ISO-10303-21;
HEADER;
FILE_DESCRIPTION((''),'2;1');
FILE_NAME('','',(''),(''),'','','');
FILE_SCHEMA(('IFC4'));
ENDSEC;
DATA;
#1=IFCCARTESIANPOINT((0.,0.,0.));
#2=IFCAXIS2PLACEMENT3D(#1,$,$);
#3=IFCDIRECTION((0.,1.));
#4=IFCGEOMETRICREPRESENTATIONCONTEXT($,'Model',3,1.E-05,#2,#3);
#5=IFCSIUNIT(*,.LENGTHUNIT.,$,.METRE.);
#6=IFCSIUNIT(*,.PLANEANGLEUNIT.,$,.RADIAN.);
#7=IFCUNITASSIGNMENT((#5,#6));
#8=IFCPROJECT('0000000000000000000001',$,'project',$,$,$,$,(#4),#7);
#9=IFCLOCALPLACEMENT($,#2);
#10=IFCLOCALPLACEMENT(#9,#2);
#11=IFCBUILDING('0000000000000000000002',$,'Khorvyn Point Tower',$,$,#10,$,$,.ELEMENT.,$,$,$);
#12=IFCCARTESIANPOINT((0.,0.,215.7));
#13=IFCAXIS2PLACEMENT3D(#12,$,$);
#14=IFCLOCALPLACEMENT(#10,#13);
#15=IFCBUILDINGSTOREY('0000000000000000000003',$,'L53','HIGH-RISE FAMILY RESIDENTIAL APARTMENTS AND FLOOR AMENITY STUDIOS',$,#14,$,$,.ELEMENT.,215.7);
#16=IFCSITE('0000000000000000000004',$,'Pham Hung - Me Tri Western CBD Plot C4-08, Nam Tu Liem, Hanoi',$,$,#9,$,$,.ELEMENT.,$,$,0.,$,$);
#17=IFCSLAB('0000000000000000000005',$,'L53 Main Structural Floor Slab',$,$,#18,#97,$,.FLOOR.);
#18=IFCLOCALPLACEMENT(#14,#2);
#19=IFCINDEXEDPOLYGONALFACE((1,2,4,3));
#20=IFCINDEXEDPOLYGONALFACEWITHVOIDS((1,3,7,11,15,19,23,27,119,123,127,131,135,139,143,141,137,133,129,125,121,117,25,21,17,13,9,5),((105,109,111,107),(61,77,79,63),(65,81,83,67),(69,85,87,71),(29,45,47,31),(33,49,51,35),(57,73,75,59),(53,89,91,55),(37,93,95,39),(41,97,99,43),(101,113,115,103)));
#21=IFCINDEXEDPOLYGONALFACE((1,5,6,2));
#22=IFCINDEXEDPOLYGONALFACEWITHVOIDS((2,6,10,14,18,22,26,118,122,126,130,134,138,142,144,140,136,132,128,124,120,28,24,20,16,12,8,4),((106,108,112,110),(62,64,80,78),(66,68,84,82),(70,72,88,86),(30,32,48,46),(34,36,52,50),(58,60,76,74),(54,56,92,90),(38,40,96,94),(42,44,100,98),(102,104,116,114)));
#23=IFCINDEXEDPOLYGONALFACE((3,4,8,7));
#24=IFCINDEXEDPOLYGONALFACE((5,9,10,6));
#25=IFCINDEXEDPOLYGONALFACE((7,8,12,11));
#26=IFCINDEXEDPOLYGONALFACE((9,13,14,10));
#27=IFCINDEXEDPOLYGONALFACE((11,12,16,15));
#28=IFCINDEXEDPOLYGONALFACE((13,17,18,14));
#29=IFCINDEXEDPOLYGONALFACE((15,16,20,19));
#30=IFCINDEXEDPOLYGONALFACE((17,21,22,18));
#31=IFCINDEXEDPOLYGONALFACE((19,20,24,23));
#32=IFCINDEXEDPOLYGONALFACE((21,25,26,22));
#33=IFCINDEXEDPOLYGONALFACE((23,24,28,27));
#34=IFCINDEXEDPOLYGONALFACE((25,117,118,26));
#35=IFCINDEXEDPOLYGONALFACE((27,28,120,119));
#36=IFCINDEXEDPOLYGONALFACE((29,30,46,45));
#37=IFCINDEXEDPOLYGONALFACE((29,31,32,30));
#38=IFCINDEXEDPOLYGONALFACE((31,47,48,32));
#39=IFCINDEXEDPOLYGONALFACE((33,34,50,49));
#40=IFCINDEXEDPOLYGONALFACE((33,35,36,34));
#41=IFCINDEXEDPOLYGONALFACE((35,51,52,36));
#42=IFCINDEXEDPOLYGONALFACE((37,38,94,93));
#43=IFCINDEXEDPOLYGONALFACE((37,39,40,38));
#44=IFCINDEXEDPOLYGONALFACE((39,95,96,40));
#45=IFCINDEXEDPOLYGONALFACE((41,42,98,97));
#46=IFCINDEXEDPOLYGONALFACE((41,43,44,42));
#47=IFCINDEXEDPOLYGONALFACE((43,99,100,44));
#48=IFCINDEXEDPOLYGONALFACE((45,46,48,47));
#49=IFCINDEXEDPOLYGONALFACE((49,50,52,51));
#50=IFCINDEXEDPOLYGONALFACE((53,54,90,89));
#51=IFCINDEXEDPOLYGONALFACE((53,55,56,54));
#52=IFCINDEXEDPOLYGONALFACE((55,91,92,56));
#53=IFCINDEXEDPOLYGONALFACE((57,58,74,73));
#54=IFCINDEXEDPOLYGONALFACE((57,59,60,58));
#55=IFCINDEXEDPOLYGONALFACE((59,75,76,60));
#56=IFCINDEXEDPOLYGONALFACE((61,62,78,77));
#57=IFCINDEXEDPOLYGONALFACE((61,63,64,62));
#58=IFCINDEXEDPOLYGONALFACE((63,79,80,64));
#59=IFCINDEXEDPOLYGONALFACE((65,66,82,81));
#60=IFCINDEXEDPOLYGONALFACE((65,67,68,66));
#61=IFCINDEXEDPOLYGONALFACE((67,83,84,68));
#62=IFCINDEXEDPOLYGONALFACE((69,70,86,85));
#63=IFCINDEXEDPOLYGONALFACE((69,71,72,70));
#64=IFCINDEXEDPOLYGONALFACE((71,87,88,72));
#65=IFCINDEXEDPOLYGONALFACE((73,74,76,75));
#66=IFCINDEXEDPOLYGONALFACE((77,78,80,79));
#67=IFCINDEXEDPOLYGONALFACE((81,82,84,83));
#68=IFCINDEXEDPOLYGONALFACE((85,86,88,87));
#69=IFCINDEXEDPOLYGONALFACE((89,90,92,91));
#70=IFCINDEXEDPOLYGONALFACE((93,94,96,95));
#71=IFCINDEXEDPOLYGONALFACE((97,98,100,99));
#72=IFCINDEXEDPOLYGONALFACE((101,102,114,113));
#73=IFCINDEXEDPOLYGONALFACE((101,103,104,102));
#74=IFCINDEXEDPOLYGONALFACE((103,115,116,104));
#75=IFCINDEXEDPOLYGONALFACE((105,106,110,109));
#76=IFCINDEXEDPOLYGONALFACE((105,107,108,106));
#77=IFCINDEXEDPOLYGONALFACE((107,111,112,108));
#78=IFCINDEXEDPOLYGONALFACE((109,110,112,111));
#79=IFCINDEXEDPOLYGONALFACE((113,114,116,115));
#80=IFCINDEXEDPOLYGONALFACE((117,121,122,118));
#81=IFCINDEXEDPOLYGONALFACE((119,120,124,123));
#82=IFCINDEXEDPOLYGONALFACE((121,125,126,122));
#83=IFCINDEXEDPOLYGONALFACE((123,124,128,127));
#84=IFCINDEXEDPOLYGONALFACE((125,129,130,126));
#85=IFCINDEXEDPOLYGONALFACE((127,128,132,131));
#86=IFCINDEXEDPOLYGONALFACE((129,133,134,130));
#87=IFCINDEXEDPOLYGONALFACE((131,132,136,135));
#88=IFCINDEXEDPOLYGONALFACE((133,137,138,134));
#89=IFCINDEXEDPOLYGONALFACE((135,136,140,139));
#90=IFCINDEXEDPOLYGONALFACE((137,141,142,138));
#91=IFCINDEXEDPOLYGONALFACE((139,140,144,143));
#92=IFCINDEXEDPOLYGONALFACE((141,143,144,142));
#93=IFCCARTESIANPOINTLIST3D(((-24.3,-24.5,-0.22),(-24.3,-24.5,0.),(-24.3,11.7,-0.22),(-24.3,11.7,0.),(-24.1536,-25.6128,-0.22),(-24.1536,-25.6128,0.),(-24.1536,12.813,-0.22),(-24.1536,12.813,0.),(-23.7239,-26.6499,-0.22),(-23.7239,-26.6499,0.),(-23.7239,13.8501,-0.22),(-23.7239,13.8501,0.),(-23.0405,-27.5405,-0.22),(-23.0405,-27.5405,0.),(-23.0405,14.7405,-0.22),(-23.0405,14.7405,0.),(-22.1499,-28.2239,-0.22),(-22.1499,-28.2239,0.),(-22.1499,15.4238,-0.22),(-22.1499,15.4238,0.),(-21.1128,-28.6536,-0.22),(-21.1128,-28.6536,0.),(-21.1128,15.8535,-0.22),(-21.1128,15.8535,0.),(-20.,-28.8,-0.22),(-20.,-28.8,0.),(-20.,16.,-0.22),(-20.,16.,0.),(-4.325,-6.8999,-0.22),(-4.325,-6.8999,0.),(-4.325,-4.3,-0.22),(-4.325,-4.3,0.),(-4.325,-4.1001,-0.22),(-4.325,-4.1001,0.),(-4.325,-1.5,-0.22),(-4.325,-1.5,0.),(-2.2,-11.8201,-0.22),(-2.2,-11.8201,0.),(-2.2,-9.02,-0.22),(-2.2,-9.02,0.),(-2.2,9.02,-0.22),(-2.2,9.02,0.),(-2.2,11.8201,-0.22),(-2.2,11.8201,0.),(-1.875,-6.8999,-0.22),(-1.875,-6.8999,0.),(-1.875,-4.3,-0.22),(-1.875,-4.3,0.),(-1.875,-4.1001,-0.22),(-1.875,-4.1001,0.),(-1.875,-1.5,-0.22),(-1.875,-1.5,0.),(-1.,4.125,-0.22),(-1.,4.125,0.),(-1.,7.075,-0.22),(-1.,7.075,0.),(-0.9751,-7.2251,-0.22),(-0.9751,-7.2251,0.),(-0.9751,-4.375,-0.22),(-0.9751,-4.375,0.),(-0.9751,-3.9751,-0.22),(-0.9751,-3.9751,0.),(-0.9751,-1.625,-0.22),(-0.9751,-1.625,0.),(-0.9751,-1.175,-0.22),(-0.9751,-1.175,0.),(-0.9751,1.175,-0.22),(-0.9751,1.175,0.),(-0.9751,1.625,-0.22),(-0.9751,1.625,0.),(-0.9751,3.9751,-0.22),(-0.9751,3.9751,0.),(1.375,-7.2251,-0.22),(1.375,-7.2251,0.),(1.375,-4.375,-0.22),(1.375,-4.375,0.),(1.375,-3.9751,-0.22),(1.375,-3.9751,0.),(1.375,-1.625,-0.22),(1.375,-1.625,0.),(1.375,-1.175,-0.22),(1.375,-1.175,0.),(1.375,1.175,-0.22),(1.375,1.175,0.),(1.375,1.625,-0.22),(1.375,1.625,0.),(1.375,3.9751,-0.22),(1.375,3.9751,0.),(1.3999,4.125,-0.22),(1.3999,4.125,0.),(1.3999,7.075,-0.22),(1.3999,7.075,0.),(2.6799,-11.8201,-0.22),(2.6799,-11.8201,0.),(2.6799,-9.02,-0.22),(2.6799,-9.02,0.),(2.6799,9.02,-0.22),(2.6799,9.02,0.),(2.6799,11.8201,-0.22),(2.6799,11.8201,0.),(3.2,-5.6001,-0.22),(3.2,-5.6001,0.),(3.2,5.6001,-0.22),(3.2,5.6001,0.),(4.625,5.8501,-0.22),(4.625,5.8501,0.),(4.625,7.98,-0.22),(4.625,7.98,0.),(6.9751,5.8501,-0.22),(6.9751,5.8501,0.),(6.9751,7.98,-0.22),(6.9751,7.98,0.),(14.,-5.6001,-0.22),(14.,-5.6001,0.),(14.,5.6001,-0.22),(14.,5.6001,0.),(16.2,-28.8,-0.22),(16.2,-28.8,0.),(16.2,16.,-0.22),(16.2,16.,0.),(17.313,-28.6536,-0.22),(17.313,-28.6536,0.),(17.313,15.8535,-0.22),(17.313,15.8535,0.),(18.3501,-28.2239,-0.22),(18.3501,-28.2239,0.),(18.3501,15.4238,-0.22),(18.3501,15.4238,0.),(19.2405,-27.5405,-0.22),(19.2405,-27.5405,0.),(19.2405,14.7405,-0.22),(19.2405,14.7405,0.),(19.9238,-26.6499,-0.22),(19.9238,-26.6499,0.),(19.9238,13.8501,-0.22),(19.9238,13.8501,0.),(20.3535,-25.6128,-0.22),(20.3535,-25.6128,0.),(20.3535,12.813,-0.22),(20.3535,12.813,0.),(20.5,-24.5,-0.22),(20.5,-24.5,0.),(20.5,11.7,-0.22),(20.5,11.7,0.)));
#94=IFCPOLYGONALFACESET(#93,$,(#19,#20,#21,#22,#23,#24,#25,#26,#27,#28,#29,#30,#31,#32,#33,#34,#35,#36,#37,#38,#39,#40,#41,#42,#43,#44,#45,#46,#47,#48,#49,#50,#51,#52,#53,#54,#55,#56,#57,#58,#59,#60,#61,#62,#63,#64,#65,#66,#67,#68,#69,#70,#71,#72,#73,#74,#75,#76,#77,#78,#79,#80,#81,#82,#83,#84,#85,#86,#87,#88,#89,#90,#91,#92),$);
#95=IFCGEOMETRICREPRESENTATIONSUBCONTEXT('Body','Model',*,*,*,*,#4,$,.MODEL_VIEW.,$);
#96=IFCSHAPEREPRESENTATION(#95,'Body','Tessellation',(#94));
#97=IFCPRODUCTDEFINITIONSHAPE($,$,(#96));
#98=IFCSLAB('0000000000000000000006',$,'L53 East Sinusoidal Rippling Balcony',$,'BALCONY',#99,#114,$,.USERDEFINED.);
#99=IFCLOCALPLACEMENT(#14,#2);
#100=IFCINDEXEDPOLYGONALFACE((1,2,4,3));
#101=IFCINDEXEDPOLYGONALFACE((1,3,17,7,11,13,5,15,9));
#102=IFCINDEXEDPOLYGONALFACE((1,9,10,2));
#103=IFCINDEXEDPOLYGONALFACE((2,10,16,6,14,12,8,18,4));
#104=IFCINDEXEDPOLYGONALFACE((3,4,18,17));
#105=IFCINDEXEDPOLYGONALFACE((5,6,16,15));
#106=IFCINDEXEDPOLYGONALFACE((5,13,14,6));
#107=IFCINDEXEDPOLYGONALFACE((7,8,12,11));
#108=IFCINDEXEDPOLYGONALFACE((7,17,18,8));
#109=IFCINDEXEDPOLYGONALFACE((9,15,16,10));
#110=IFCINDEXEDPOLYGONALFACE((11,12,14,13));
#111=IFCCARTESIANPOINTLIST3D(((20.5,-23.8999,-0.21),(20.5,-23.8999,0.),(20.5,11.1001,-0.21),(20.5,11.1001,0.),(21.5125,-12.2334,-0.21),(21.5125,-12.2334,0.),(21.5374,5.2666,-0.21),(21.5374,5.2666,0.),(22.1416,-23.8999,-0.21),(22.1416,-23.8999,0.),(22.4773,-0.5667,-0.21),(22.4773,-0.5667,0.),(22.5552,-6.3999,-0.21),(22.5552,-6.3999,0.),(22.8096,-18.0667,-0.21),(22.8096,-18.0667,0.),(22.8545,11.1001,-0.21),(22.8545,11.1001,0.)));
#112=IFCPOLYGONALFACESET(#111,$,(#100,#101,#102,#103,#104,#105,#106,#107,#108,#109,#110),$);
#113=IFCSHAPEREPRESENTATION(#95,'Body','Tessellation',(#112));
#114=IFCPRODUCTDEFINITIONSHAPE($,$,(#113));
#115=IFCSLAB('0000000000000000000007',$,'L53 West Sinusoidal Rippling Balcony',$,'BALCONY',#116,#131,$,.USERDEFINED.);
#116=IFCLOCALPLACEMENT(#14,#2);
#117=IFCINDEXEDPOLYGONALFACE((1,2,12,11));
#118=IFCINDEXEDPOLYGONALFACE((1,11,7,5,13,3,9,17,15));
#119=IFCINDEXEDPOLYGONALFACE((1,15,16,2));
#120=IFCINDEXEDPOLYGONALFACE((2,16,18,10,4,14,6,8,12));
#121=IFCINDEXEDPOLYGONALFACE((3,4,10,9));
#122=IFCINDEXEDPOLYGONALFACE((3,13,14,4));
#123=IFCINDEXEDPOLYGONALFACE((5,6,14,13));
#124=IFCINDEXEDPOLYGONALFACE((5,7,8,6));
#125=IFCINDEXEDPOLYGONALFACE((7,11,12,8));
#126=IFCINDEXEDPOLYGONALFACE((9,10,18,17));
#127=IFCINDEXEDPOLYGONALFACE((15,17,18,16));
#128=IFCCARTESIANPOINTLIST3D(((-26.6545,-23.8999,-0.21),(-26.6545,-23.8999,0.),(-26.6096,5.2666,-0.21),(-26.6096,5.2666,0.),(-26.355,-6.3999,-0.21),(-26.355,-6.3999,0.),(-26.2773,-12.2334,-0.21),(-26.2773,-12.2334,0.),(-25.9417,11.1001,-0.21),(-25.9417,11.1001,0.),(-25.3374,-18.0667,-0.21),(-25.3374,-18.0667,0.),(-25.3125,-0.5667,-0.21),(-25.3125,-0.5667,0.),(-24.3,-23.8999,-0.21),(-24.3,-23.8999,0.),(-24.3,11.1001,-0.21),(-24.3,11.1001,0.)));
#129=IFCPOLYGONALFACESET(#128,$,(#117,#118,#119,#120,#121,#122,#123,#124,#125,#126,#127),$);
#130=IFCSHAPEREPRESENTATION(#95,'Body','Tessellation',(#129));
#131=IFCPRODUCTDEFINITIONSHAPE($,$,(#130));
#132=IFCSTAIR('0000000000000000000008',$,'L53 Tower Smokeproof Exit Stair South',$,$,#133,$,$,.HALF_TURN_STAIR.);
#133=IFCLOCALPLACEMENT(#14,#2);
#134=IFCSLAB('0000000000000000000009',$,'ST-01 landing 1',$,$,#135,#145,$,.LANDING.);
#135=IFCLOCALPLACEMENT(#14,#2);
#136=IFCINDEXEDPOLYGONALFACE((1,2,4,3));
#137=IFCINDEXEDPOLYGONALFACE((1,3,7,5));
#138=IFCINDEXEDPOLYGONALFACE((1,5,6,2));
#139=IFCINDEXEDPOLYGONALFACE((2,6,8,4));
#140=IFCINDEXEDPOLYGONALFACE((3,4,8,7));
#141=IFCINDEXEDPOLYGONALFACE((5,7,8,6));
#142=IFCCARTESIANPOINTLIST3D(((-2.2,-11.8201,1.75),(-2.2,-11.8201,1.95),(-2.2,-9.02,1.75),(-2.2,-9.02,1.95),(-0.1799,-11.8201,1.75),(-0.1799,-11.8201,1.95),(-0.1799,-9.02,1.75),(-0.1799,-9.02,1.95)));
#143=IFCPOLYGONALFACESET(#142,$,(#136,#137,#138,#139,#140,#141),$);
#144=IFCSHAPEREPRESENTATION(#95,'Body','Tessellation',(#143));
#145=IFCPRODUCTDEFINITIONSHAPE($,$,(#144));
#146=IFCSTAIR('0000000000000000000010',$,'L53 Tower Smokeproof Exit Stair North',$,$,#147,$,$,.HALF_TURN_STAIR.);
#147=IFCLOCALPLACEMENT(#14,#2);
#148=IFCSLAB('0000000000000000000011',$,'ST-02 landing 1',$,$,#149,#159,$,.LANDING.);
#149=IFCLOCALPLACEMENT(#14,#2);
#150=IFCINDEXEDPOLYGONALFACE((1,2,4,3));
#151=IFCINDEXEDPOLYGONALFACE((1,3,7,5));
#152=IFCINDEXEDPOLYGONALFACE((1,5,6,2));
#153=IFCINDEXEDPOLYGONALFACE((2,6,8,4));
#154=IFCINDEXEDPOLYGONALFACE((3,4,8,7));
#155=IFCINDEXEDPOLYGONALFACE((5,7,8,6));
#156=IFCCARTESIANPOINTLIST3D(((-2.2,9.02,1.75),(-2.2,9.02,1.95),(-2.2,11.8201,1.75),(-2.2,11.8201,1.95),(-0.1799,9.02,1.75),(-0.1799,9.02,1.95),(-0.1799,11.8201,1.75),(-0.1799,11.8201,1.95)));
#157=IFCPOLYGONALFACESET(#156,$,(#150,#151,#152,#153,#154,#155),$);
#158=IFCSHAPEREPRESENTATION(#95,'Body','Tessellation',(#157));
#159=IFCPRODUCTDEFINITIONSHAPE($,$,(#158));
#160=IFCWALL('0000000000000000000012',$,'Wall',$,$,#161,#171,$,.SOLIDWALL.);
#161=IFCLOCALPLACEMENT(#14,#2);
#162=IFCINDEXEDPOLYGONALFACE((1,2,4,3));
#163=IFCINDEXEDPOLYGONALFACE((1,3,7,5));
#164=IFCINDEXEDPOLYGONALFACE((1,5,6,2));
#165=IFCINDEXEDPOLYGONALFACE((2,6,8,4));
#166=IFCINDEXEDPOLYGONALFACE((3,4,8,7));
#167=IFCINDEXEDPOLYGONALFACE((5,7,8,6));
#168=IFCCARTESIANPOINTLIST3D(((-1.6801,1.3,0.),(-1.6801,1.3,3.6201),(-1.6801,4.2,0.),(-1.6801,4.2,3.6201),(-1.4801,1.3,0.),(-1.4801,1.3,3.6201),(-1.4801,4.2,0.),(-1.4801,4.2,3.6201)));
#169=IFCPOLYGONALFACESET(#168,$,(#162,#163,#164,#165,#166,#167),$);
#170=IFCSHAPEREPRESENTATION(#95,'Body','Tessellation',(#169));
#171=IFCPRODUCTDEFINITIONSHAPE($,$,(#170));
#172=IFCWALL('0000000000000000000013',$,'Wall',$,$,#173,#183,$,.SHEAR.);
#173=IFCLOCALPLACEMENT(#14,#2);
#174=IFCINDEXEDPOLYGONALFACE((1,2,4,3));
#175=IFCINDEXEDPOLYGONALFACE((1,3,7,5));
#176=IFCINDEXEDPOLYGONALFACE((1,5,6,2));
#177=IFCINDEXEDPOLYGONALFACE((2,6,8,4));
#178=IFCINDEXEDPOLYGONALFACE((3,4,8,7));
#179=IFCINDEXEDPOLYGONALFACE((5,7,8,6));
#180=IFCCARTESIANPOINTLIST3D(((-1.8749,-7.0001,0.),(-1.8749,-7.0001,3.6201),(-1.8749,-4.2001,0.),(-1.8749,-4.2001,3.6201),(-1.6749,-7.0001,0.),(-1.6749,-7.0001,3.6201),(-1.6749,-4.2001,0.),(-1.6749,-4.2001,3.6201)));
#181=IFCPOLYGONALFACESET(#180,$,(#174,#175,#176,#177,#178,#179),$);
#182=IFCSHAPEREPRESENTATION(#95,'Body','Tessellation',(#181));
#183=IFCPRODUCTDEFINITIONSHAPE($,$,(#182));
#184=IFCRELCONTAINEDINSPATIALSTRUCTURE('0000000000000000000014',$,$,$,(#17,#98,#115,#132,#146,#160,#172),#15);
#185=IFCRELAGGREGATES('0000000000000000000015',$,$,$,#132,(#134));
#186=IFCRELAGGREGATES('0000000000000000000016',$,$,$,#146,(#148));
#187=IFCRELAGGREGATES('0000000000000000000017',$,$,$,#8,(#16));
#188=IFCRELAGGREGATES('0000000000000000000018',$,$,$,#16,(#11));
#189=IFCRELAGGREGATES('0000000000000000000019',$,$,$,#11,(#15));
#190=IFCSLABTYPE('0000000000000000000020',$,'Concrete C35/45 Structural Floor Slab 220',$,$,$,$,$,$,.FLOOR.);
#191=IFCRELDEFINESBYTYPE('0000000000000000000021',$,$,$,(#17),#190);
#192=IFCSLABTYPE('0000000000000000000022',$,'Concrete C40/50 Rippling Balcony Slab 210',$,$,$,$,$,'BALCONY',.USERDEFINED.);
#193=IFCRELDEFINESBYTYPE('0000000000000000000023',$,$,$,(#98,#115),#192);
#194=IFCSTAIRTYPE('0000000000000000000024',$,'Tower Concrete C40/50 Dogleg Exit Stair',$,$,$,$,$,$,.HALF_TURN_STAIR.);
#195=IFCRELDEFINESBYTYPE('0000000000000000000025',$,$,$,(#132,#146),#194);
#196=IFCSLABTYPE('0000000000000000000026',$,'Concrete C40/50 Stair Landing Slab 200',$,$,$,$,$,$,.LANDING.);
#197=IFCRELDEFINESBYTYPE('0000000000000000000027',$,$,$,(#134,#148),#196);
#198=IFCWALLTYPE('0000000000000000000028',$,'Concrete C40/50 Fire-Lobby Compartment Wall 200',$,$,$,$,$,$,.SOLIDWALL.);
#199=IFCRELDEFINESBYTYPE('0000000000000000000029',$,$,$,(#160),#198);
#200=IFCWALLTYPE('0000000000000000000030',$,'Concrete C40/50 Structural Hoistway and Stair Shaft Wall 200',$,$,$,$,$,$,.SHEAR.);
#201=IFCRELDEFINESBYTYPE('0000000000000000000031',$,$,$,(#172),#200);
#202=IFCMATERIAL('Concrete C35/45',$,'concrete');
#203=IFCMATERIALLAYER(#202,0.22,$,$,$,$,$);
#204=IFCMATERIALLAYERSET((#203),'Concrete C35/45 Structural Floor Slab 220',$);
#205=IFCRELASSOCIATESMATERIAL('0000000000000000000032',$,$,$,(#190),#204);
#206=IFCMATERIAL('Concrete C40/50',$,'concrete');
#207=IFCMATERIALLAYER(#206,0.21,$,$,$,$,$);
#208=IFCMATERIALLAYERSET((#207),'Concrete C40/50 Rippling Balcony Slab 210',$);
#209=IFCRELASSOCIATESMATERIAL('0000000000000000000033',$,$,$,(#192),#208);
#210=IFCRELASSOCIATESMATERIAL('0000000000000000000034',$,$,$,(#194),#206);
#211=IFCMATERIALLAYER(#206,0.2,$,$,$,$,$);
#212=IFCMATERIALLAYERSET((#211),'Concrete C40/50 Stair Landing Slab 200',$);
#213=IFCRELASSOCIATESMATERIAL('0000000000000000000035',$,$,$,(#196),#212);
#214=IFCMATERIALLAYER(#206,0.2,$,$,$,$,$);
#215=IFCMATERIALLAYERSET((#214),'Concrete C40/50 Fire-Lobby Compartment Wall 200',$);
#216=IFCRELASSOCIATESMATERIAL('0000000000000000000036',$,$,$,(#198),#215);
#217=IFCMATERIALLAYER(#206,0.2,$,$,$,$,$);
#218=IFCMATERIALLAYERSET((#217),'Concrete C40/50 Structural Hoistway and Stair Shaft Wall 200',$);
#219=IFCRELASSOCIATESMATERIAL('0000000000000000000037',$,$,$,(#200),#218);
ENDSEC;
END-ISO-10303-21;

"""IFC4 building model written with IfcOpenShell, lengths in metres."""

from ifc_helpers import new_model, si_unit, direction, frame, frame_2d, origin, place, context, subcontext, project, spatial, polyline, rectangle, outline, extrude, material, layer, layer_set, type_object, element, aggregate, save


model = new_model("IFC4")

# Units and contexts
model_context = context("Model", 3, precision=1e-05, world=origin(), true_north=direction((0.0, 1.0)))
body_context = subcontext(model_context, "Body", "Model", "MODEL_VIEW")
ifc_project = project(units=[si_unit("LENGTHUNIT", "METRE"), si_unit("PLANEANGLEUNIT", "RADIAN")], contexts=[model_context])

# Site, building, storey
site_placement = place(None, origin())
site = spatial("IfcSite", under=ifc_project, at=site_placement, Name="Pham Hung - Me Tri Western CBD Plot C4-08, Nam Tu Liem, Hanoi", CompositionType="ELEMENT", RefElevation=0.0)
building_placement = place(site_placement, origin())
building = spatial("IfcBuilding", under=site, at=building_placement, Name="Khorvyn Point Tower", CompositionType="ELEMENT")
storey_placement = place(building_placement, frame((0.0, 0.0, 215.7)))
storey = spatial("IfcBuildingStorey", under=building, at=storey_placement, Name="L53", Description="HIGH-RISE FAMILY RESIDENTIAL APARTMENTS AND FLOOR AMENITY STUDIOS", CompositionType="ELEMENT", Elevation=215.7)

# Slabs
ifc_material_1 = material(Name="Concrete C35/45", Category="concrete")
ifc_layer_1 = layer(ifc_material_1, 0.22)
ifc_layer_set_1 = layer_set([ifc_layer_1], Name="Concrete C35/45 Structural Floor Slab 220")
slab_type_1 = type_object("IfcSlabType", Name="Concrete C35/45 Structural Floor Slab 220", PredefinedType="FLOOR", material=ifc_layer_set_1)
slab_1_placement = place(storey_placement, frame((0.0, 0.0, -0.22)))
element("IfcSlab", 1, at=slab_1_placement, inside=storey, type_object=slab_type_1, Name="L53 Main Structural Floor Slab", PredefinedType="FLOOR", context=body_context, shape_type="SweptSolid", body=[
    extrude(outline(polyline([(-20.0, -28.8), (-21.1128, -28.6536), (-22.1499, -28.2239), (-23.0405, -27.5405), (-23.7239, -26.6499), (-24.1536, -25.6128), (-24.3, -24.5), (-24.3, 11.7), (-24.1536, 12.813), (-23.7239, 13.8501), (-23.0405, 14.7405), (-22.1499, 15.4238), (-21.1128, 15.8535), (-20.0, 16.0), (16.2, 16.0), (17.313, 15.8535), (18.3501, 15.4238), (19.2405, 14.7405), (19.9238, 13.8501), (20.3535, 12.813), (20.5, 11.7), (20.5, -24.5), (20.3535, -25.6128), (19.9238, -26.6499), (19.2405, -27.5405), (18.3501, -28.2239), (17.313, -28.6536), (16.2, -28.8), (-20.0, -28.8)]), holes=[polyline([(-1.875, -6.8999), (-1.875, -4.3), (-4.325, -4.3), (-4.325, -6.8999), (-1.875, -6.8999)]), polyline([(-1.875, -4.1001), (-1.875, -1.5), (-4.325, -1.5), (-4.325, -4.1001), (-1.875, -4.1001)]), polyline([(1.375, -3.9751), (1.375, -1.625), (-0.9751, -1.625), (-0.9751, -3.9751), (1.375, -3.9751)]), polyline([(-0.9751, -1.175), (1.375, -1.175), (1.375, 1.175), (-0.9751, 1.175), (-0.9751, -1.175)]), polyline([(-0.9751, 1.625), (1.375, 1.625), (1.375, 3.9751), (-0.9751, 3.9751), (-0.9751, 1.625)]), polyline([(1.3999, 4.125), (1.3999, 7.075), (-1.0, 7.075), (-1.0, 4.125), (1.3999, 4.125)]), polyline([(-2.2, -11.8201), (2.6799, -11.8201), (2.6799, -9.02), (-2.2, -9.02), (-2.2, -11.8201)]), polyline([(-0.9751, -7.2251), (1.375, -7.2251), (1.375, -4.375), (-0.9751, -4.375), (-0.9751, -7.2251)]), polyline([(14.0, -5.6001), (14.0, 5.6001), (3.2, 5.6001), (3.2, -5.6001), (14.0, -5.6001)]), polyline([(4.625, 5.8501), (6.9751, 5.8501), (6.9751, 7.98), (4.625, 7.98), (4.625, 5.8501)]), polyline([(-2.2, 9.02), (2.6799, 9.02), (2.6799, 11.8201), (-2.2, 11.8201), (-2.2, 9.02)])]), origin(), (0.0, 0.0, 1.0), 0.22),
])
ifc_material_2 = material(Name="Concrete C40/50", Category="concrete")
ifc_layer_2 = layer(ifc_material_2, 0.21)
ifc_layer_set_2 = layer_set([ifc_layer_2], Name="Concrete C40/50 Rippling Balcony Slab 210")
slab_type_2 = type_object("IfcSlabType", Name="Concrete C40/50 Rippling Balcony Slab 210", ElementType="BALCONY", PredefinedType="USERDEFINED", material=ifc_layer_set_2)
slab_2_placement = place(storey_placement, frame((0.0, 0.0, -0.21)))
element("IfcSlab", 2, at=slab_2_placement, inside=storey, type_object=slab_type_2, Name="L53 East Sinusoidal Rippling Balcony", ObjectType="BALCONY", PredefinedType="USERDEFINED", context=body_context, shape_type="SweptSolid", body=[
    extrude(outline(polyline([(20.5, -23.8999), (22.1416, -23.8999), (22.8096, -18.0667), (21.5125, -12.2334), (22.5552, -6.3999), (22.4773, -0.5667), (21.5374, 5.2666), (22.8545, 11.1001), (20.5, 11.1001), (20.5, -23.8999)])), origin(), (0.0, 0.0, 1.0), 0.21),
])
slab_3_placement = place(storey_placement, frame((0.0, 0.0, -0.21)))
element("IfcSlab", 3, at=slab_3_placement, inside=storey, type_object=slab_type_2, Name="L53 West Sinusoidal Rippling Balcony", ObjectType="BALCONY", PredefinedType="USERDEFINED", context=body_context, shape_type="SweptSolid", body=[
    extrude(outline(polyline([(-24.3, 11.1001), (-25.9417, 11.1001), (-26.6096, 5.2666), (-25.3125, -0.5667), (-26.355, -6.3999), (-26.2773, -12.2334), (-25.3374, -18.0667), (-26.6545, -23.8999), (-24.3, -23.8999), (-24.3, 11.1001)])), origin(), (0.0, 0.0, 1.0), 0.21),
])

# Stairs, slabs
stair_type = type_object("IfcStairType", Name="Tower Concrete C40/50 Dogleg Exit Stair", PredefinedType="HALF_TURN_STAIR", material=ifc_material_2)
stair_1_placement = place(storey_placement, origin())
stair_1 = element("IfcStair", 4, at=stair_1_placement, inside=storey, type_object=stair_type, Name="L53 Tower Smokeproof Exit Stair South", PredefinedType="HALF_TURN_STAIR")
ifc_layer_3 = layer(ifc_material_2, 0.2)
ifc_layer_set_3 = layer_set([ifc_layer_3], Name="Concrete C40/50 Stair Landing Slab 200")
slab_type_3 = type_object("IfcSlabType", Name="Concrete C40/50 Stair Landing Slab 200", PredefinedType="LANDING", material=ifc_layer_set_3)
slab_4_placement = place(storey_placement, frame((0.0, 0.0, 1.75)))
slab_4 = element("IfcSlab", 5, at=slab_4_placement, type_object=slab_type_3, Name="ST-01 landing 1", PredefinedType="LANDING", context=body_context, shape_type="SweptSolid", body=[
    extrude(outline(polyline([(-0.1799, -9.02), (-2.2, -9.02), (-2.2, -11.8201), (-0.1799, -11.8201), (-0.1799, -9.02)])), origin(), (0.0, 0.0, 1.0), 0.2),
])
aggregate(stair_1, [slab_4])
stair_2_placement = place(storey_placement, origin())
stair_2 = element("IfcStair", 6, at=stair_2_placement, inside=storey, type_object=stair_type, Name="L53 Tower Smokeproof Exit Stair North", PredefinedType="HALF_TURN_STAIR")
slab_5_placement = place(storey_placement, frame((0.0, 0.0, 1.75)))
slab_5 = element("IfcSlab", 7, at=slab_5_placement, type_object=slab_type_3, Name="ST-02 landing 1", PredefinedType="LANDING", context=body_context, shape_type="SweptSolid", body=[
    extrude(outline(polyline([(-0.1799, 11.8201), (-2.2, 11.8201), (-2.2, 9.02), (-0.1799, 9.02), (-0.1799, 11.8201)])), origin(), (0.0, 0.0, 1.0), 0.2),
])
aggregate(stair_2, [slab_5])

# Walls
ifc_layer_4 = layer(ifc_material_2, 0.2)
ifc_layer_set_4 = layer_set([ifc_layer_4], Name="Concrete C40/50 Fire-Lobby Compartment Wall 200")
wall_type_1 = type_object("IfcWallType", Name="Concrete C40/50 Fire-Lobby Compartment Wall 200", PredefinedType="SOLIDWALL", material=ifc_layer_set_4)
wall_1_placement = place(storey_placement, frame((-1.5801, 1.3, 0.0), z_axis=(0.0, 0.0, 1.0), x_axis=(0.0, 1.0, 0.0)))
element("IfcWall", 8, at=wall_1_placement, inside=storey, type_object=wall_type_1, Name="Wall", PredefinedType="SOLIDWALL", context=body_context, shape_type="SweptSolid", body=[
    extrude(rectangle(XDim=2.8999, YDim=0.2, at=frame_2d((1.45, 0.0))), origin(), (0.0, 0.0, 1.0), 3.6201),
])
ifc_layer_5 = layer(ifc_material_2, 0.2)
ifc_layer_set_5 = layer_set([ifc_layer_5], Name="Concrete C40/50 Structural Hoistway and Stair Shaft Wall 200")
wall_type_2 = type_object("IfcWallType", Name="Concrete C40/50 Structural Hoistway and Stair Shaft Wall 200", PredefinedType="SHEAR", material=ifc_layer_set_5)
for number, where, z_axis, x_axis, name in (
    (9, (-1.7749, -7.0, 0.0), (0.0, 0.0, 1.0), (0.0, 1.0, 0.0), "Wall"),
):
    element("IfcWall", number, at=place(storey_placement, frame(where, z_axis=z_axis, x_axis=x_axis)), inside=storey, type_object=wall_type_2, Name=name, PredefinedType="SHEAR", context=body_context, shape_type="SweptSolid", body=[
        extrude(rectangle(XDim=2.8, YDim=0.2, at=frame_2d((1.3999, 0.0))), origin(), (0.0, 0.0, 1.0), 3.6201),
    ])

save(model, "model.ifc")
